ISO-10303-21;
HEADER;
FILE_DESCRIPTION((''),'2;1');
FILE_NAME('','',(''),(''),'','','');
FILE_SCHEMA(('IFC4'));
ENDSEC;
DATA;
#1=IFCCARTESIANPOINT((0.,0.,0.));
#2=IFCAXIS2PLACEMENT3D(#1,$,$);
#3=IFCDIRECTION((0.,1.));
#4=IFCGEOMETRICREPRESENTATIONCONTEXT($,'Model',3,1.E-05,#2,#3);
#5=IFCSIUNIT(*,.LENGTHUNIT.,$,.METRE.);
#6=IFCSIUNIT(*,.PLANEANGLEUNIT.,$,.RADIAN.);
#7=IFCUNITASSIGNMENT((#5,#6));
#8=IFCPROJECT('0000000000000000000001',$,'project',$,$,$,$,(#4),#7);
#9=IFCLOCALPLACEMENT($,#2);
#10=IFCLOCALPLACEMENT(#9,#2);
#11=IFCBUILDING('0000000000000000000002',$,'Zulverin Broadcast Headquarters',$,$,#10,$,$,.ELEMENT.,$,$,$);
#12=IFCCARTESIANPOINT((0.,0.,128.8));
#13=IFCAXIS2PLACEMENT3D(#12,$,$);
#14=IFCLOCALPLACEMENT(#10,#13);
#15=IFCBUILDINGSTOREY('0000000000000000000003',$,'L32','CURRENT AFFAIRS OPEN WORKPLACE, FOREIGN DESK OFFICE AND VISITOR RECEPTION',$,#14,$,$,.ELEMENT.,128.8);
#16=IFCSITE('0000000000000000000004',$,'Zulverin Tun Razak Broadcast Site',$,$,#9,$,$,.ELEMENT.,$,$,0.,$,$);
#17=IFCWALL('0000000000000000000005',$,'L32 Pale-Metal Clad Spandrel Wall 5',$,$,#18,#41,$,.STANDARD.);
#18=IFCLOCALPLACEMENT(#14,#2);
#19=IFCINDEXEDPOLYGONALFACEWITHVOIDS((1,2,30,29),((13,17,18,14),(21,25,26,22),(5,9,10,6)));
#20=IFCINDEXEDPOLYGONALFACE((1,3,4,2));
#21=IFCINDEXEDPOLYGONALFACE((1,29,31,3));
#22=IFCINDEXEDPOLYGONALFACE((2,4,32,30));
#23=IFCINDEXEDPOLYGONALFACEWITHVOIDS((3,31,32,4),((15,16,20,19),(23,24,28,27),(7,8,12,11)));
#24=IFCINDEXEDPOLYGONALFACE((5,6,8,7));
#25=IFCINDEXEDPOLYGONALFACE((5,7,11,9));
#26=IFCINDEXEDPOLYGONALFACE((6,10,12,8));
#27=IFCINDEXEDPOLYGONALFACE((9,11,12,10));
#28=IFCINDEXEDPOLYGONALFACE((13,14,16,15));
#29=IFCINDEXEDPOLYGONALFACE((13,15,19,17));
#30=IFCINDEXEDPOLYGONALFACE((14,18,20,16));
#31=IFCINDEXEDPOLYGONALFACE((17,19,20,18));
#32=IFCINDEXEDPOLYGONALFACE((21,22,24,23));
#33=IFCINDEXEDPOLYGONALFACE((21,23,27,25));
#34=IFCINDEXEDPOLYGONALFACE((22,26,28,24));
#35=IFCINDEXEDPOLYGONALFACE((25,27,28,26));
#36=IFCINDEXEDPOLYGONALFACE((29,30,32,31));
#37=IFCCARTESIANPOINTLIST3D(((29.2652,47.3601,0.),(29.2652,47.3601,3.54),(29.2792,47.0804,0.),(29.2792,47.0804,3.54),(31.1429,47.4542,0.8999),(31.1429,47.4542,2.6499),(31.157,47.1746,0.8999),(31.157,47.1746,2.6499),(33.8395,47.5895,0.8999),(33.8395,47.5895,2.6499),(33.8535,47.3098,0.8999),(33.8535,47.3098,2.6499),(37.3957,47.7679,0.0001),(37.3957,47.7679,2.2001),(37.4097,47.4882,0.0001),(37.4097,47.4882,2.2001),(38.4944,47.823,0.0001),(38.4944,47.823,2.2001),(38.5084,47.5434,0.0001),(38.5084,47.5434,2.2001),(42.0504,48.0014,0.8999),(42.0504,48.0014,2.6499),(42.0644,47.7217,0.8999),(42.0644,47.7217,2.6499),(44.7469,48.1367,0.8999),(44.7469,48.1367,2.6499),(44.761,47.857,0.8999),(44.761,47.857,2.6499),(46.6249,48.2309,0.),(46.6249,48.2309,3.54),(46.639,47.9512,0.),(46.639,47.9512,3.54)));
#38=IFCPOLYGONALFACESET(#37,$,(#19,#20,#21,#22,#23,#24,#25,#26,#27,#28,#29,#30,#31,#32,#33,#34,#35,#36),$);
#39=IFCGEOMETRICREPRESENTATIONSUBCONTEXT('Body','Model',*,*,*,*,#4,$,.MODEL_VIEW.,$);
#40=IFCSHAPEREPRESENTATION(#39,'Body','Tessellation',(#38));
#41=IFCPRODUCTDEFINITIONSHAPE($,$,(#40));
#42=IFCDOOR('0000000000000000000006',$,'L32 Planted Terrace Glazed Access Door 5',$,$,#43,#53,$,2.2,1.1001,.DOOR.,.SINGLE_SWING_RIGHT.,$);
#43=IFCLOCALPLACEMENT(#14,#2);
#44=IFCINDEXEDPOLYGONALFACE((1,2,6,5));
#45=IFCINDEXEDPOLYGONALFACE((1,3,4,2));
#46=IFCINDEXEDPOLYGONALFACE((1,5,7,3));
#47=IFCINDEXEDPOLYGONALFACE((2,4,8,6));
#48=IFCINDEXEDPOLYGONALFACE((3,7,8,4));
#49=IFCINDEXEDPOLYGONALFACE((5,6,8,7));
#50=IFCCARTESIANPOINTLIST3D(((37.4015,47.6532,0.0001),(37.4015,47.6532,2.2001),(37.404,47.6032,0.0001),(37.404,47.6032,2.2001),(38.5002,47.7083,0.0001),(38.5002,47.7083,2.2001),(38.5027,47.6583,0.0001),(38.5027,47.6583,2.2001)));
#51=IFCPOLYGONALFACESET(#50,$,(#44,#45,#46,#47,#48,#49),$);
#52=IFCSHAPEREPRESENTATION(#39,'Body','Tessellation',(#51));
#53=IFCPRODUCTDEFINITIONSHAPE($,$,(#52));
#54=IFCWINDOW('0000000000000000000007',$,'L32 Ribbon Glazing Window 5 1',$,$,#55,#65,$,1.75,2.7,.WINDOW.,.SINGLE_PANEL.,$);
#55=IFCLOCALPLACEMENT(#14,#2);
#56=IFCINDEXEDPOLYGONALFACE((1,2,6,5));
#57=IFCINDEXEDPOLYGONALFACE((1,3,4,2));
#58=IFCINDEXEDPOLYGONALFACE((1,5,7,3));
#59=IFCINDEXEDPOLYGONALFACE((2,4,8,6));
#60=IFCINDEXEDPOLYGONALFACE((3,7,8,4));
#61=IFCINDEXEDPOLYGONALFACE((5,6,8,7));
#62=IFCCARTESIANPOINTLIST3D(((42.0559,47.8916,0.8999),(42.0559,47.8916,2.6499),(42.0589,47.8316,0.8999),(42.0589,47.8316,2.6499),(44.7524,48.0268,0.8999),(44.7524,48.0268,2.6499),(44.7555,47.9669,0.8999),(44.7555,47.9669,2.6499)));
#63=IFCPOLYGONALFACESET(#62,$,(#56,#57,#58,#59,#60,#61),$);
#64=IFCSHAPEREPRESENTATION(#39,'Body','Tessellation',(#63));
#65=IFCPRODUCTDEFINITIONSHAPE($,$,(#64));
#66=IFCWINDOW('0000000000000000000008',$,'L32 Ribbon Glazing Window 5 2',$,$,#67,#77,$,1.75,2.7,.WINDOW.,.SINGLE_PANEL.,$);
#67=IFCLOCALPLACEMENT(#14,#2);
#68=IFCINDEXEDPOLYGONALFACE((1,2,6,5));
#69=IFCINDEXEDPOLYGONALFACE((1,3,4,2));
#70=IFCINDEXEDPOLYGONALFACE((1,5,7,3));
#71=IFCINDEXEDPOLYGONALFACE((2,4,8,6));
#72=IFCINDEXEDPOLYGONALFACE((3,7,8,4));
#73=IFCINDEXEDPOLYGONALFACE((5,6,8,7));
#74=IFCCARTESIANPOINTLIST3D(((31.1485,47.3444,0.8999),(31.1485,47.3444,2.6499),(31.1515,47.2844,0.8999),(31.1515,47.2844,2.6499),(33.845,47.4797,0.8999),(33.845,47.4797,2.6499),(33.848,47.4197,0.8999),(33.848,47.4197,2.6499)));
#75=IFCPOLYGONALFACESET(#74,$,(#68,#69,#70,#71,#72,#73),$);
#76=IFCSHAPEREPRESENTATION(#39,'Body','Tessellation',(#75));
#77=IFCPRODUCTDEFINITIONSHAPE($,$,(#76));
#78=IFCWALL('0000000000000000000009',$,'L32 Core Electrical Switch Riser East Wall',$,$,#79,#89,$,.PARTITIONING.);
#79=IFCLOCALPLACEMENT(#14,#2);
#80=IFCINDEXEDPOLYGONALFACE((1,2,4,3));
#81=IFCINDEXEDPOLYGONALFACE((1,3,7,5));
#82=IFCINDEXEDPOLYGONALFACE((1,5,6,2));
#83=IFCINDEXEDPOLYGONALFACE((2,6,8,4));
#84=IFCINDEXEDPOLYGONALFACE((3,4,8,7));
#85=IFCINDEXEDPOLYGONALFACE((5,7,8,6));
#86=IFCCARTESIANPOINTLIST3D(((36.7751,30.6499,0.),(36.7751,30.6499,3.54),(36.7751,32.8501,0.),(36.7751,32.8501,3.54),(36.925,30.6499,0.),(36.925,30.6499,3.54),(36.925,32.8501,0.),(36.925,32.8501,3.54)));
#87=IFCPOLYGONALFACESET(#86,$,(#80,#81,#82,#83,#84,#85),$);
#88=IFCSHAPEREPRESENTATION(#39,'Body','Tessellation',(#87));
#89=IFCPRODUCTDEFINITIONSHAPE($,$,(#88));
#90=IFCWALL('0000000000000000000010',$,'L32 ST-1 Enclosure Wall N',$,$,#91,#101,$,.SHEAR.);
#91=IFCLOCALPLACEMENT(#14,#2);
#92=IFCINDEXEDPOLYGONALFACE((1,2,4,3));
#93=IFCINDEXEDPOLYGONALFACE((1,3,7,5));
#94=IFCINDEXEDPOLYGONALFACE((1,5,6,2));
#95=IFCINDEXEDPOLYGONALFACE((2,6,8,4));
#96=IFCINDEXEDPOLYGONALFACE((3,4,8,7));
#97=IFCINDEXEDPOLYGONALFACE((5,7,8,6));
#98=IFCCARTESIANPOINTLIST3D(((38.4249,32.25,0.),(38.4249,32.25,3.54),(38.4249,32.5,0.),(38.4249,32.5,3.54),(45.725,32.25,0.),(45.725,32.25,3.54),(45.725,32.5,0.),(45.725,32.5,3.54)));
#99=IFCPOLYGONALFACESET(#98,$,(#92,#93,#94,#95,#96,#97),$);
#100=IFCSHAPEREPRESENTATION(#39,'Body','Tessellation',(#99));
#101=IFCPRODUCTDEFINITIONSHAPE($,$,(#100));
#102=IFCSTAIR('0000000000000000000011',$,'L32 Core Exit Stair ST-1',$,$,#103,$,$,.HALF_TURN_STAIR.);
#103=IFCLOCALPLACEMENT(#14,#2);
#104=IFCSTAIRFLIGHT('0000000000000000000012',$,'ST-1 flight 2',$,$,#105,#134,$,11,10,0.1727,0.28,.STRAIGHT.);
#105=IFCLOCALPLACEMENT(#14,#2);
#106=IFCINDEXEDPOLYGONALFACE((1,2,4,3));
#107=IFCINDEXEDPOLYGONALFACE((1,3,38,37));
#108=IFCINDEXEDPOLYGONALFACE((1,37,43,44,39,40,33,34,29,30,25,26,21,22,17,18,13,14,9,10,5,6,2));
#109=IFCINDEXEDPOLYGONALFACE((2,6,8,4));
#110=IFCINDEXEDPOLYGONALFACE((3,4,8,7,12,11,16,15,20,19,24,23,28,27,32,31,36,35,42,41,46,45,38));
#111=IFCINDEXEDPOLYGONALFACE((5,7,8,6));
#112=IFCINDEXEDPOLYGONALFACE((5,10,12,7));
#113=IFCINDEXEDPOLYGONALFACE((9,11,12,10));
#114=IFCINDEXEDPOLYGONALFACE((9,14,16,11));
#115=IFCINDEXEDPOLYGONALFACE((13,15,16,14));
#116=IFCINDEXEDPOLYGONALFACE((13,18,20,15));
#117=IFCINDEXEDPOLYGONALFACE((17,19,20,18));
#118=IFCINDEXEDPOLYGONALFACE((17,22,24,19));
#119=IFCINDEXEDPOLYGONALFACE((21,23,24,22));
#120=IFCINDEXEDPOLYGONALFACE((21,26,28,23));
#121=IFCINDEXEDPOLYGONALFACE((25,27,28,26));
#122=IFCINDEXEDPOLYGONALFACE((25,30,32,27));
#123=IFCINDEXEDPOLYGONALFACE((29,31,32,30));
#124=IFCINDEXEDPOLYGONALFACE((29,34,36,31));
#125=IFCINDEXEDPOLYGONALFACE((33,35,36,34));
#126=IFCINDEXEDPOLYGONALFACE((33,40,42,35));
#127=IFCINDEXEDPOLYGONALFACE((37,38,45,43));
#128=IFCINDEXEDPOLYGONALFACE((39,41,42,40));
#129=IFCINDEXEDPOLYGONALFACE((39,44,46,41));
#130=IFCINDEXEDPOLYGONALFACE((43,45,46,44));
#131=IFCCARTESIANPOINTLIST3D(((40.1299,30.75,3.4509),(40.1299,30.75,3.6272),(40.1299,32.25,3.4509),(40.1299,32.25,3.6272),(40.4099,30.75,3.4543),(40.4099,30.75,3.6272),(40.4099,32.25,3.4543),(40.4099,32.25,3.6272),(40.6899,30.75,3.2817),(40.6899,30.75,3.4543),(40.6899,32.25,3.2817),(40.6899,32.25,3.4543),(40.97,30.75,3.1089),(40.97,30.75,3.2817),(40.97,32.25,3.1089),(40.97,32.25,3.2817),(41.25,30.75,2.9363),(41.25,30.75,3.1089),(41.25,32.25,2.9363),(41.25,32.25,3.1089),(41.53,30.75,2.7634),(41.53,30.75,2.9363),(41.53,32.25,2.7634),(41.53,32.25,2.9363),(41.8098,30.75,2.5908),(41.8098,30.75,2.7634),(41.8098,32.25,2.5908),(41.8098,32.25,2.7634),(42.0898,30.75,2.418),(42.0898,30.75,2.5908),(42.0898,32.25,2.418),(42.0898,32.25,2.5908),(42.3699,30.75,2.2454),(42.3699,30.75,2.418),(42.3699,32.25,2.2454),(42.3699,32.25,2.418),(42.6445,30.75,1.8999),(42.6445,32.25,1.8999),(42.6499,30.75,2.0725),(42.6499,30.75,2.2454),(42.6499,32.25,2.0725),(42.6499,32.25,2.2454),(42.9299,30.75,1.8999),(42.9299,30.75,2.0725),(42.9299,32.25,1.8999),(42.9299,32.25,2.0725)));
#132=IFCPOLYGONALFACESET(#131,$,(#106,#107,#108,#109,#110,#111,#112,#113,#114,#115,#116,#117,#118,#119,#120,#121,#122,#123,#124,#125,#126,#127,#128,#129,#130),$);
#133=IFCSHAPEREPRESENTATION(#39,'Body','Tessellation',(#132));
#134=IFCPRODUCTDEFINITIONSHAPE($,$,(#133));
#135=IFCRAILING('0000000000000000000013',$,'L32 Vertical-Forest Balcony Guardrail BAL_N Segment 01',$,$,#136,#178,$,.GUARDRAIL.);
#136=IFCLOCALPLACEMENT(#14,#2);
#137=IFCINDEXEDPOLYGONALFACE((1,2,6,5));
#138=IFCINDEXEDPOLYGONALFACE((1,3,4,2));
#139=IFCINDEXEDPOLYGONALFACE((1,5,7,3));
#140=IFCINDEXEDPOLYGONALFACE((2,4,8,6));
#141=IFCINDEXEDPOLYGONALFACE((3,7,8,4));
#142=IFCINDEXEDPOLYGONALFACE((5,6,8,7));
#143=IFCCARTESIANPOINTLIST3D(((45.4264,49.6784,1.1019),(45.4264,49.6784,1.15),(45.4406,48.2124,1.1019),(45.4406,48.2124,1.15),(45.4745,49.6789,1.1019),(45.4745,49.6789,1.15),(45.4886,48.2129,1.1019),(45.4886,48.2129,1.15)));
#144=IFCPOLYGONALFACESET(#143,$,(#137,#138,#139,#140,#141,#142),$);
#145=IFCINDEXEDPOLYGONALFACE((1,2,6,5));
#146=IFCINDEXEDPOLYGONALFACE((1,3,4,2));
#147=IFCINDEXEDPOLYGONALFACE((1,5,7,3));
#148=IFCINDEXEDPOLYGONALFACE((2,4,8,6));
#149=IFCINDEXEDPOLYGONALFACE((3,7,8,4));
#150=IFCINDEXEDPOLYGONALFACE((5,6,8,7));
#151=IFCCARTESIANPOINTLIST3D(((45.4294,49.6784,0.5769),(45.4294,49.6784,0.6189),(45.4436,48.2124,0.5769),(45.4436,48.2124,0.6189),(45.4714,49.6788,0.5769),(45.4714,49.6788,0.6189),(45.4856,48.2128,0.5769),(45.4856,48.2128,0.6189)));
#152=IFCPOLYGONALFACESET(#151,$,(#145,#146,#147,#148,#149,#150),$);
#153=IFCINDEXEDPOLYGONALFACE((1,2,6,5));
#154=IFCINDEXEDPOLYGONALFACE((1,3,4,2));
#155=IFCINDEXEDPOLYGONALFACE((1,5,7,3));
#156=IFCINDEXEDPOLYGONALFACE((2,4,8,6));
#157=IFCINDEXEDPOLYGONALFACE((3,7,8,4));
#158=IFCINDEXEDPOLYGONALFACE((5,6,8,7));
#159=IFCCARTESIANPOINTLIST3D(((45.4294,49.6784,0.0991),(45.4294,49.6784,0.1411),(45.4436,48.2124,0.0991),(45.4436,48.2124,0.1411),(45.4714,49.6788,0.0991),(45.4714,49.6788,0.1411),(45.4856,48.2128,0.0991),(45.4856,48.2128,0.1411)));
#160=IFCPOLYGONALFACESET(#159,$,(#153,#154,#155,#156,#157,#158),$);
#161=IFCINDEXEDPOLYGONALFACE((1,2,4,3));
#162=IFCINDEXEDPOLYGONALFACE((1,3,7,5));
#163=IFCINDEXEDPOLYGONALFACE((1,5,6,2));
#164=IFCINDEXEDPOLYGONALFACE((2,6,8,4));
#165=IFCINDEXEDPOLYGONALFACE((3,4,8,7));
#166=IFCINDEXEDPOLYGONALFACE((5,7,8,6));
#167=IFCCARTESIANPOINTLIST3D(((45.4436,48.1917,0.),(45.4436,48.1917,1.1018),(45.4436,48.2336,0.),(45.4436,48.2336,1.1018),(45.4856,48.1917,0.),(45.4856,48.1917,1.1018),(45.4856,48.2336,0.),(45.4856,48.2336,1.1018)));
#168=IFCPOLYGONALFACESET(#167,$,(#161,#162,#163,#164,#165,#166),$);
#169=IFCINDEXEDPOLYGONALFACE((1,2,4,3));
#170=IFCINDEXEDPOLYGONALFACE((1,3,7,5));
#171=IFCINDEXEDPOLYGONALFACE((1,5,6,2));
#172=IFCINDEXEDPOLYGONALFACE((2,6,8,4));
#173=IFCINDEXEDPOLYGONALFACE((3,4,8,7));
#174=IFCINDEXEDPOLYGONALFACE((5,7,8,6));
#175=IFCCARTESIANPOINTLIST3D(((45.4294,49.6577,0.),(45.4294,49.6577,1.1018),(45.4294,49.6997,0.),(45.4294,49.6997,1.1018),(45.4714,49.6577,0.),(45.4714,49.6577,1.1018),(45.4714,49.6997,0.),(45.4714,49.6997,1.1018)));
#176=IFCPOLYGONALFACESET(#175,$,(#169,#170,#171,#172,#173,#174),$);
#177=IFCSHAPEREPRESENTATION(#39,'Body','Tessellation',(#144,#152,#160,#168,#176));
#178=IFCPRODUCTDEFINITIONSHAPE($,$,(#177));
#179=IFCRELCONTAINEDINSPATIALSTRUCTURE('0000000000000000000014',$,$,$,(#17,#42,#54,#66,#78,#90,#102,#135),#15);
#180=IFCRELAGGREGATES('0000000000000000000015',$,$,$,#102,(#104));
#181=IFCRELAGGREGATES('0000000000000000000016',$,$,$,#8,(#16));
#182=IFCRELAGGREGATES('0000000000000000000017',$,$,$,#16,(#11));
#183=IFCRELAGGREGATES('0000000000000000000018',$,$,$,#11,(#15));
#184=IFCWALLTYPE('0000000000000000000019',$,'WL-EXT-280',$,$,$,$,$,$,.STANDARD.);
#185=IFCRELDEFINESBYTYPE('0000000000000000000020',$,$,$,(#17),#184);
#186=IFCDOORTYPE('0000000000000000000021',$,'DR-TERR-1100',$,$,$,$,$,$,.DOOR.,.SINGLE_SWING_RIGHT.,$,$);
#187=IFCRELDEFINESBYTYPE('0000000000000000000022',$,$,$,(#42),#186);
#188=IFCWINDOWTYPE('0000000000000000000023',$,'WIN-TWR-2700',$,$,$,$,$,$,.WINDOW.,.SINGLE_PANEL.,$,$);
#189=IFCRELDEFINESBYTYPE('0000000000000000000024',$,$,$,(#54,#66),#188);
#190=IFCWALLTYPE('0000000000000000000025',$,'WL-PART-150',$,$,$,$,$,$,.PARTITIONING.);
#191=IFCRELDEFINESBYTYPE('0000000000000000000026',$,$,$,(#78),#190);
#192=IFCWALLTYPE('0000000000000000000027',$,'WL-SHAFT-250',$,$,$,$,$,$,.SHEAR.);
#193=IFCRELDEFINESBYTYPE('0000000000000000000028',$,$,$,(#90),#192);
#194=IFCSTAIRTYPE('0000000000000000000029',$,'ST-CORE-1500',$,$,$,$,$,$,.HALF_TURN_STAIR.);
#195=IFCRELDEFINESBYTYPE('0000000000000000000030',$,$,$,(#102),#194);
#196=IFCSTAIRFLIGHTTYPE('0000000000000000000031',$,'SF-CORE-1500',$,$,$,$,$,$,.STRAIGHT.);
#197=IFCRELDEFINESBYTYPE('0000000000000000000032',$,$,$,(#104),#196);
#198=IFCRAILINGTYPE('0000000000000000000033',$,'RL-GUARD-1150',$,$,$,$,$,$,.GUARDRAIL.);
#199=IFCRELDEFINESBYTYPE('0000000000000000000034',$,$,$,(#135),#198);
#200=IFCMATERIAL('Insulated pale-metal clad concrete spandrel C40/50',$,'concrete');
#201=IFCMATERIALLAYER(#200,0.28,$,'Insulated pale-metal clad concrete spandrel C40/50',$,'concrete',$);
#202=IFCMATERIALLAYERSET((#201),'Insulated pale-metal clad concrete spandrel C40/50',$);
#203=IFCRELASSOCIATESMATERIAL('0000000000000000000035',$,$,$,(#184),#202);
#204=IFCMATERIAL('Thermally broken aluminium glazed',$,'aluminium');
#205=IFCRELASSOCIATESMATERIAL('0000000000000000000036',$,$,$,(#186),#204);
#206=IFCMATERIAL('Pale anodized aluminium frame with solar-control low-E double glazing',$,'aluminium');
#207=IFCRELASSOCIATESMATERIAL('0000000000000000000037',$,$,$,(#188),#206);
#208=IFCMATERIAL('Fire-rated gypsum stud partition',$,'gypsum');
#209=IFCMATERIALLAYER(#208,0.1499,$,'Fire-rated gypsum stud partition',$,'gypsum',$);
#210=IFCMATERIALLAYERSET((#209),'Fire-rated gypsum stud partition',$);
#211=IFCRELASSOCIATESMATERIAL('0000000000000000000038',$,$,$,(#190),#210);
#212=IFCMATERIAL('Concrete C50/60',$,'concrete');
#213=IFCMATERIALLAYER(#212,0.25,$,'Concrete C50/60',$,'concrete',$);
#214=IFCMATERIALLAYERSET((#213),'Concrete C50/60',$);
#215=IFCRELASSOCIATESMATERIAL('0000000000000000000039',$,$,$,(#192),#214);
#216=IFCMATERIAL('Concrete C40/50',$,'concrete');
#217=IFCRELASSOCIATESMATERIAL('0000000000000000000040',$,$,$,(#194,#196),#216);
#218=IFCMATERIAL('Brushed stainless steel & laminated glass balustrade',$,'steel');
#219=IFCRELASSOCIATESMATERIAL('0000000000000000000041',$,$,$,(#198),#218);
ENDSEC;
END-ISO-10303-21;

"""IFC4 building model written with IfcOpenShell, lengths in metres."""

from ifc_helpers import new_model, si_unit, direction, frame, frame_2d, origin, origin_2d, place, context, subcontext, project, spatial, polyline, rectangle, outline, extrude, material, layer, layer_set, type_object, element, fill, aggregate, save


model = new_model("IFC4")

# Units and contexts
model_context = context("Model", 3, precision=1e-05, world=origin(), true_north=direction((0.0, 1.0)))
body_context = subcontext(model_context, "Body", "Model", "MODEL_VIEW")
ifc_project = project(units=[si_unit("LENGTHUNIT", "METRE"), si_unit("PLANEANGLEUNIT", "RADIAN")], contexts=[model_context])

# Site, building, storey
site_placement = place(None, origin())
site = spatial("IfcSite", under=ifc_project, at=site_placement, Name="Zulverin Tun Razak Broadcast Site", CompositionType="ELEMENT", RefElevation=0.0)
building_placement = place(site_placement, origin())
building = spatial("IfcBuilding", under=site, at=building_placement, Name="Zulverin Broadcast Headquarters", CompositionType="ELEMENT")
storey_placement = place(building_placement, frame((0.0, 0.0, 128.8)))
storey = spatial("IfcBuildingStorey", under=building, at=storey_placement, Name="L32", Description="CURRENT AFFAIRS OPEN WORKPLACE, FOREIGN DESK OFFICE AND VISITOR RECEPTION", CompositionType="ELEMENT", Elevation=128.8)

# Shared definitions
ifc_material_1 = material(Name="Concrete C50/60", Category="concrete")

# Shared definitions
ifc_material_2 = material(Name="Concrete C40/50", Category="concrete")

# Wall, openings, door, windows
ifc_material_3 = material(Name="Insulated pale-metal clad concrete spandrel C40/50", Category="concrete")
ifc_layer_1 = layer(ifc_material_3, 0.28, Name="Insulated pale-metal clad concrete spandrel C40/50", Category="concrete")
ifc_layer_set_1 = layer_set([ifc_layer_1], Name="Insulated pale-metal clad concrete spandrel C40/50")
wall_type_1 = type_object("IfcWallType", Name="WL-EXT-280", PredefinedType="STANDARD", material=ifc_layer_set_1)
wall_1_placement = place(storey_placement, frame((46.6321, 48.0911, 0.0), z_axis=(0.0, 0.0, 1.0), x_axis=(-0.998744, -0.050102, 0.0)))
wall_1 = element("IfcWall", 1, at=wall_1_placement, inside=storey, type_object=wall_type_1, Name="L32 Pale-Metal Clad Spandrel Wall 5", PredefinedType="STANDARD", context=body_context, shape_type="SweptSolid", body=[
    extrude(rectangle(XDim=17.3816, YDim=0.28, at=frame_2d((8.6909, 0.0))), origin(), (0.0, 0.0, 1.0), 3.54),
])
opening_1_placement = place(wall_1_placement, frame((8.1409, 0.0, 0.0)))
opening_1 = element("IfcOpeningElement", 2, at=opening_1_placement, cuts=wall_1, PredefinedType="OPENING", context=body_context, shape_type="SweptSolid", body=[
    extrude(rectangle(XDim=1.1001, YDim=2.2, at=frame_2d((0.55, 1.1001))), frame((0.0, 0.1499, 0.0), z_axis=(0.0, -1.0, 0.0), x_axis=(1.0, 0.0, 0.0)), (0.0, 0.0, 1.0), 0.3),
])
opening_2_placement = place(wall_1_placement, frame((1.8804, 0.0, 0.8999)))
opening_2 = element("IfcOpeningElement", 3, at=opening_2_placement, cuts=wall_1, PredefinedType="OPENING", context=body_context, shape_type="SweptSolid", body=[
    extrude(rectangle(XDim=2.7, YDim=1.75, at=frame_2d((1.3501, 0.875))), frame((0.0, 0.1499, 0.0), z_axis=(0.0, -1.0, 0.0), x_axis=(1.0, 0.0, 0.0)), (0.0, 0.0, 1.0), 0.3),
])
opening_3_placement = place(wall_1_placement, frame((12.8015, 0.0, 0.8999)))
opening_3 = element("IfcOpeningElement", 4, at=opening_3_placement, cuts=wall_1, PredefinedType="OPENING", context=body_context, shape_type="SweptSolid", body=[
    extrude(rectangle(XDim=2.7, YDim=1.75, at=frame_2d((1.3501, 0.875))), frame((0.0, 0.1499, 0.0), z_axis=(0.0, -1.0, 0.0), x_axis=(1.0, 0.0, 0.0)), (0.0, 0.0, 1.0), 0.3),
])
ifc_material_4 = material(Name="Thermally broken aluminium glazed", Category="aluminium")
door_type = type_object("IfcDoorType", Name="DR-TERR-1100", OperationType="SINGLE_SWING_RIGHT", PredefinedType="DOOR", material=ifc_material_4)
door_placement = place(opening_1_placement, origin())
door = element("IfcDoor", 5, at=door_placement, inside=storey, type_object=door_type, Name="L32 Planted Terrace Glazed Access Door 5", OperationType="SINGLE_SWING_RIGHT", OverallHeight=2.2, OverallWidth=1.1001, PredefinedType="DOOR", context=body_context, shape_type="SweptSolid", body=[
    extrude(rectangle(XDim=1.1001, YDim=2.2, at=frame_2d((0.55, 1.1001))), frame((0.0, 0.0249, 0.0), z_axis=(0.0, -1.0, 0.0), x_axis=(1.0, 0.0, 0.0)), (0.0, 0.0, 1.0), 0.05),
])
fill(opening_1, door)
ifc_material_5 = material(Name="Pale anodized aluminium frame with solar-control low-E double glazing", Category="aluminium")
window_type = type_object("IfcWindowType", Name="WIN-TWR-2700", PartitioningType="SINGLE_PANEL", PredefinedType="WINDOW", material=ifc_material_5)
window_1_placement = place(opening_2_placement, origin())
window_1 = element("IfcWindow", 6, at=window_1_placement, inside=storey, type_object=window_type, Name="L32 Ribbon Glazing Window 5 1", OverallHeight=1.75, OverallWidth=2.7, PartitioningType="SINGLE_PANEL", PredefinedType="WINDOW", context=body_context, shape_type="SweptSolid", body=[
    extrude(rectangle(XDim=2.7, YDim=1.75, at=frame_2d((1.3501, 0.875))), frame((0.0, 0.03, 0.0), z_axis=(0.0, -1.0, 0.0), x_axis=(1.0, 0.0, 0.0)), (0.0, 0.0, 1.0), 0.0601),
])
fill(opening_2, window_1)
window_2_placement = place(opening_3_placement, origin())
window_2 = element("IfcWindow", 7, at=window_2_placement, inside=storey, type_object=window_type, Name="L32 Ribbon Glazing Window 5 2", OverallHeight=1.75, OverallWidth=2.7, PartitioningType="SINGLE_PANEL", PredefinedType="WINDOW", context=body_context, shape_type="SweptSolid", body=[
    extrude(rectangle(XDim=2.7, YDim=1.75, at=frame_2d((1.3501, 0.875))), frame((0.0, 0.03, 0.0), z_axis=(0.0, -1.0, 0.0), x_axis=(1.0, 0.0, 0.0)), (0.0, 0.0, 1.0), 0.0601),
])
fill(opening_3, window_2)

# Walls
ifc_material_6 = material(Name="Fire-rated gypsum stud partition", Category="gypsum")
ifc_layer_2 = layer(ifc_material_6, 0.1499, Name="Fire-rated gypsum stud partition", Category="gypsum")
ifc_layer_set_2 = layer_set([ifc_layer_2], Name="Fire-rated gypsum stud partition")
wall_type_2 = type_object("IfcWallType", Name="WL-PART-150", PredefinedType="PARTITIONING", material=ifc_layer_set_2)
wall_2_placement = place(storey_placement, frame((36.8501, 30.6499, 0.0), z_axis=(0.0, 0.0, 1.0), x_axis=(0.0, 1.0, 0.0)))
element("IfcWall", 8, at=wall_2_placement, inside=storey, type_object=wall_type_2, Name="L32 Core Electrical Switch Riser East Wall", PredefinedType="PARTITIONING", context=body_context, shape_type="SweptSolid", body=[
    extrude(rectangle(XDim=2.2002, YDim=0.1499, at=frame_2d((1.1001, 0.0))), origin(), (0.0, 0.0, 1.0), 3.54),
])
ifc_layer_3 = layer(ifc_material_1, 0.25, Name="Concrete C50/60", Category="concrete")
ifc_layer_set_3 = layer_set([ifc_layer_3], Name="Concrete C50/60")
wall_type_3 = type_object("IfcWallType", Name="WL-SHAFT-250", PredefinedType="SHEAR", material=ifc_layer_set_3)
wall_3_placement = place(storey_placement, frame((38.425, 32.375, 0.0), z_axis=(0.0, 0.0, 1.0), x_axis=(1.0, 0.0, 0.0)))
element("IfcWall", 9, at=wall_3_placement, inside=storey, type_object=wall_type_3, Name="L32 ST-1 Enclosure Wall N", PredefinedType="SHEAR", context=body_context, shape_type="SweptSolid", body=[
    extrude(rectangle(XDim=7.3, YDim=0.25, at=frame_2d((3.6499, 0.0))), origin(), (0.0, 0.0, 1.0), 3.54),
])

# Stair, stair flight
stair_type = type_object("IfcStairType", Name="ST-CORE-1500", PredefinedType="HALF_TURN_STAIR", material=ifc_material_2)
stair_placement = place(storey_placement, origin())
stair = element("IfcStair", 10, at=stair_placement, inside=storey, type_object=stair_type, Name="L32 Core Exit Stair ST-1", PredefinedType="HALF_TURN_STAIR")
stair_flight_type = type_object("IfcStairFlightType", Name="SF-CORE-1500", PredefinedType="STRAIGHT", material=ifc_material_2)
stair_flight_placement = place(storey_placement, frame((42.9299, 31.5, 1.8999), z_axis=(0.0, 0.0, 1.0), x_axis=(-1.0, 0.0, 0.0)))
stair_flight = element("IfcStairFlight", 11, at=stair_flight_placement, type_object=stair_flight_type, Name="ST-1 flight 2", NumberOfRisers=11, NumberOfTreads=10, PredefinedType="STRAIGHT", RiserHeight=0.1727, TreadLength=0.28, context=body_context, shape_type="SweptSolid", body=[
    extrude(outline(polyline([(0.0, 0.0), (0.0, 0.1726), (0.28, 0.1726), (0.28, 0.3455), (0.5601, 0.3455), (0.5601, 0.5181), (0.8401, 0.5181), (0.8401, 0.6909), (1.1201, 0.6909), (1.1201, 0.8635), (1.3999, 0.8635), (1.3999, 1.0364), (1.6799, 1.0364), (1.6799, 1.209), (1.96, 1.209), (1.96, 1.3818), (2.24, 1.3818), (2.24, 1.5544), (2.52, 1.5544), (2.52, 1.7273), (2.8, 1.7273), (2.8, 1.8999), (2.8, 1.551), (0.2854, 0.0), (0.0, 0.0)])), frame((0.0, 0.75, 0.0), z_axis=(0.0, -1.0, 0.0), x_axis=(1.0, 0.0, 0.0)), (0.0, 0.0, 1.0), 1.5),
])
aggregate(stair, [stair_flight])

# Railing
ifc_material_7 = material(Name="Brushed stainless steel & laminated glass balustrade", Category="steel")
railing_type_1 = type_object("IfcRailingType", Name="RL-GUARD-1150", PredefinedType="GUARDRAIL", material=ifc_material_7)
railing_1_placement = place(storey_placement, frame((45.4646, 48.2126, 0.0)))
element("IfcRailing", 12, at=railing_1_placement, inside=storey, type_object=railing_type_1, Name="L32 Vertical-Forest Balcony Guardrail BAL_N Segment 01", PredefinedType="GUARDRAIL", context=body_context, shape_type="SweptSolid", body=[
    extrude(rectangle(XDim=0.0481, YDim=0.0481, at=origin_2d()), frame((0.0, 0.0, 1.126), z_axis=(-0.009658, 0.999953, 0.0), x_axis=(-0.999953, -0.009658, 0.0)), (0.0, 0.0, 1.0), 1.4661),
    extrude(rectangle(XDim=0.042, YDim=0.042, at=origin_2d()), frame((0.0, 0.0, 0.5979), z_axis=(-0.009658, 0.999953, 0.0), x_axis=(-0.999953, -0.009658, 0.0)), (0.0, 0.0, 1.0), 1.4661),
    extrude(rectangle(XDim=0.042, YDim=0.042, at=origin_2d()), frame((0.0, 0.0, 0.1201), z_axis=(-0.009658, 0.999953, 0.0), x_axis=(-0.999953, -0.009658, 0.0)), (0.0, 0.0, 1.0), 1.4661),
    extrude(rectangle(XDim=0.042, YDim=0.042, at=origin_2d()), origin(), (0.0, 0.0, 1.0), 1.1018),
    extrude(rectangle(XDim=0.042, YDim=0.042, at=origin_2d()), frame((-0.0142, 1.4661, 0.0)), (0.0, 0.0, 1.0), 1.1018),
])

save(model, "model.ifc")
